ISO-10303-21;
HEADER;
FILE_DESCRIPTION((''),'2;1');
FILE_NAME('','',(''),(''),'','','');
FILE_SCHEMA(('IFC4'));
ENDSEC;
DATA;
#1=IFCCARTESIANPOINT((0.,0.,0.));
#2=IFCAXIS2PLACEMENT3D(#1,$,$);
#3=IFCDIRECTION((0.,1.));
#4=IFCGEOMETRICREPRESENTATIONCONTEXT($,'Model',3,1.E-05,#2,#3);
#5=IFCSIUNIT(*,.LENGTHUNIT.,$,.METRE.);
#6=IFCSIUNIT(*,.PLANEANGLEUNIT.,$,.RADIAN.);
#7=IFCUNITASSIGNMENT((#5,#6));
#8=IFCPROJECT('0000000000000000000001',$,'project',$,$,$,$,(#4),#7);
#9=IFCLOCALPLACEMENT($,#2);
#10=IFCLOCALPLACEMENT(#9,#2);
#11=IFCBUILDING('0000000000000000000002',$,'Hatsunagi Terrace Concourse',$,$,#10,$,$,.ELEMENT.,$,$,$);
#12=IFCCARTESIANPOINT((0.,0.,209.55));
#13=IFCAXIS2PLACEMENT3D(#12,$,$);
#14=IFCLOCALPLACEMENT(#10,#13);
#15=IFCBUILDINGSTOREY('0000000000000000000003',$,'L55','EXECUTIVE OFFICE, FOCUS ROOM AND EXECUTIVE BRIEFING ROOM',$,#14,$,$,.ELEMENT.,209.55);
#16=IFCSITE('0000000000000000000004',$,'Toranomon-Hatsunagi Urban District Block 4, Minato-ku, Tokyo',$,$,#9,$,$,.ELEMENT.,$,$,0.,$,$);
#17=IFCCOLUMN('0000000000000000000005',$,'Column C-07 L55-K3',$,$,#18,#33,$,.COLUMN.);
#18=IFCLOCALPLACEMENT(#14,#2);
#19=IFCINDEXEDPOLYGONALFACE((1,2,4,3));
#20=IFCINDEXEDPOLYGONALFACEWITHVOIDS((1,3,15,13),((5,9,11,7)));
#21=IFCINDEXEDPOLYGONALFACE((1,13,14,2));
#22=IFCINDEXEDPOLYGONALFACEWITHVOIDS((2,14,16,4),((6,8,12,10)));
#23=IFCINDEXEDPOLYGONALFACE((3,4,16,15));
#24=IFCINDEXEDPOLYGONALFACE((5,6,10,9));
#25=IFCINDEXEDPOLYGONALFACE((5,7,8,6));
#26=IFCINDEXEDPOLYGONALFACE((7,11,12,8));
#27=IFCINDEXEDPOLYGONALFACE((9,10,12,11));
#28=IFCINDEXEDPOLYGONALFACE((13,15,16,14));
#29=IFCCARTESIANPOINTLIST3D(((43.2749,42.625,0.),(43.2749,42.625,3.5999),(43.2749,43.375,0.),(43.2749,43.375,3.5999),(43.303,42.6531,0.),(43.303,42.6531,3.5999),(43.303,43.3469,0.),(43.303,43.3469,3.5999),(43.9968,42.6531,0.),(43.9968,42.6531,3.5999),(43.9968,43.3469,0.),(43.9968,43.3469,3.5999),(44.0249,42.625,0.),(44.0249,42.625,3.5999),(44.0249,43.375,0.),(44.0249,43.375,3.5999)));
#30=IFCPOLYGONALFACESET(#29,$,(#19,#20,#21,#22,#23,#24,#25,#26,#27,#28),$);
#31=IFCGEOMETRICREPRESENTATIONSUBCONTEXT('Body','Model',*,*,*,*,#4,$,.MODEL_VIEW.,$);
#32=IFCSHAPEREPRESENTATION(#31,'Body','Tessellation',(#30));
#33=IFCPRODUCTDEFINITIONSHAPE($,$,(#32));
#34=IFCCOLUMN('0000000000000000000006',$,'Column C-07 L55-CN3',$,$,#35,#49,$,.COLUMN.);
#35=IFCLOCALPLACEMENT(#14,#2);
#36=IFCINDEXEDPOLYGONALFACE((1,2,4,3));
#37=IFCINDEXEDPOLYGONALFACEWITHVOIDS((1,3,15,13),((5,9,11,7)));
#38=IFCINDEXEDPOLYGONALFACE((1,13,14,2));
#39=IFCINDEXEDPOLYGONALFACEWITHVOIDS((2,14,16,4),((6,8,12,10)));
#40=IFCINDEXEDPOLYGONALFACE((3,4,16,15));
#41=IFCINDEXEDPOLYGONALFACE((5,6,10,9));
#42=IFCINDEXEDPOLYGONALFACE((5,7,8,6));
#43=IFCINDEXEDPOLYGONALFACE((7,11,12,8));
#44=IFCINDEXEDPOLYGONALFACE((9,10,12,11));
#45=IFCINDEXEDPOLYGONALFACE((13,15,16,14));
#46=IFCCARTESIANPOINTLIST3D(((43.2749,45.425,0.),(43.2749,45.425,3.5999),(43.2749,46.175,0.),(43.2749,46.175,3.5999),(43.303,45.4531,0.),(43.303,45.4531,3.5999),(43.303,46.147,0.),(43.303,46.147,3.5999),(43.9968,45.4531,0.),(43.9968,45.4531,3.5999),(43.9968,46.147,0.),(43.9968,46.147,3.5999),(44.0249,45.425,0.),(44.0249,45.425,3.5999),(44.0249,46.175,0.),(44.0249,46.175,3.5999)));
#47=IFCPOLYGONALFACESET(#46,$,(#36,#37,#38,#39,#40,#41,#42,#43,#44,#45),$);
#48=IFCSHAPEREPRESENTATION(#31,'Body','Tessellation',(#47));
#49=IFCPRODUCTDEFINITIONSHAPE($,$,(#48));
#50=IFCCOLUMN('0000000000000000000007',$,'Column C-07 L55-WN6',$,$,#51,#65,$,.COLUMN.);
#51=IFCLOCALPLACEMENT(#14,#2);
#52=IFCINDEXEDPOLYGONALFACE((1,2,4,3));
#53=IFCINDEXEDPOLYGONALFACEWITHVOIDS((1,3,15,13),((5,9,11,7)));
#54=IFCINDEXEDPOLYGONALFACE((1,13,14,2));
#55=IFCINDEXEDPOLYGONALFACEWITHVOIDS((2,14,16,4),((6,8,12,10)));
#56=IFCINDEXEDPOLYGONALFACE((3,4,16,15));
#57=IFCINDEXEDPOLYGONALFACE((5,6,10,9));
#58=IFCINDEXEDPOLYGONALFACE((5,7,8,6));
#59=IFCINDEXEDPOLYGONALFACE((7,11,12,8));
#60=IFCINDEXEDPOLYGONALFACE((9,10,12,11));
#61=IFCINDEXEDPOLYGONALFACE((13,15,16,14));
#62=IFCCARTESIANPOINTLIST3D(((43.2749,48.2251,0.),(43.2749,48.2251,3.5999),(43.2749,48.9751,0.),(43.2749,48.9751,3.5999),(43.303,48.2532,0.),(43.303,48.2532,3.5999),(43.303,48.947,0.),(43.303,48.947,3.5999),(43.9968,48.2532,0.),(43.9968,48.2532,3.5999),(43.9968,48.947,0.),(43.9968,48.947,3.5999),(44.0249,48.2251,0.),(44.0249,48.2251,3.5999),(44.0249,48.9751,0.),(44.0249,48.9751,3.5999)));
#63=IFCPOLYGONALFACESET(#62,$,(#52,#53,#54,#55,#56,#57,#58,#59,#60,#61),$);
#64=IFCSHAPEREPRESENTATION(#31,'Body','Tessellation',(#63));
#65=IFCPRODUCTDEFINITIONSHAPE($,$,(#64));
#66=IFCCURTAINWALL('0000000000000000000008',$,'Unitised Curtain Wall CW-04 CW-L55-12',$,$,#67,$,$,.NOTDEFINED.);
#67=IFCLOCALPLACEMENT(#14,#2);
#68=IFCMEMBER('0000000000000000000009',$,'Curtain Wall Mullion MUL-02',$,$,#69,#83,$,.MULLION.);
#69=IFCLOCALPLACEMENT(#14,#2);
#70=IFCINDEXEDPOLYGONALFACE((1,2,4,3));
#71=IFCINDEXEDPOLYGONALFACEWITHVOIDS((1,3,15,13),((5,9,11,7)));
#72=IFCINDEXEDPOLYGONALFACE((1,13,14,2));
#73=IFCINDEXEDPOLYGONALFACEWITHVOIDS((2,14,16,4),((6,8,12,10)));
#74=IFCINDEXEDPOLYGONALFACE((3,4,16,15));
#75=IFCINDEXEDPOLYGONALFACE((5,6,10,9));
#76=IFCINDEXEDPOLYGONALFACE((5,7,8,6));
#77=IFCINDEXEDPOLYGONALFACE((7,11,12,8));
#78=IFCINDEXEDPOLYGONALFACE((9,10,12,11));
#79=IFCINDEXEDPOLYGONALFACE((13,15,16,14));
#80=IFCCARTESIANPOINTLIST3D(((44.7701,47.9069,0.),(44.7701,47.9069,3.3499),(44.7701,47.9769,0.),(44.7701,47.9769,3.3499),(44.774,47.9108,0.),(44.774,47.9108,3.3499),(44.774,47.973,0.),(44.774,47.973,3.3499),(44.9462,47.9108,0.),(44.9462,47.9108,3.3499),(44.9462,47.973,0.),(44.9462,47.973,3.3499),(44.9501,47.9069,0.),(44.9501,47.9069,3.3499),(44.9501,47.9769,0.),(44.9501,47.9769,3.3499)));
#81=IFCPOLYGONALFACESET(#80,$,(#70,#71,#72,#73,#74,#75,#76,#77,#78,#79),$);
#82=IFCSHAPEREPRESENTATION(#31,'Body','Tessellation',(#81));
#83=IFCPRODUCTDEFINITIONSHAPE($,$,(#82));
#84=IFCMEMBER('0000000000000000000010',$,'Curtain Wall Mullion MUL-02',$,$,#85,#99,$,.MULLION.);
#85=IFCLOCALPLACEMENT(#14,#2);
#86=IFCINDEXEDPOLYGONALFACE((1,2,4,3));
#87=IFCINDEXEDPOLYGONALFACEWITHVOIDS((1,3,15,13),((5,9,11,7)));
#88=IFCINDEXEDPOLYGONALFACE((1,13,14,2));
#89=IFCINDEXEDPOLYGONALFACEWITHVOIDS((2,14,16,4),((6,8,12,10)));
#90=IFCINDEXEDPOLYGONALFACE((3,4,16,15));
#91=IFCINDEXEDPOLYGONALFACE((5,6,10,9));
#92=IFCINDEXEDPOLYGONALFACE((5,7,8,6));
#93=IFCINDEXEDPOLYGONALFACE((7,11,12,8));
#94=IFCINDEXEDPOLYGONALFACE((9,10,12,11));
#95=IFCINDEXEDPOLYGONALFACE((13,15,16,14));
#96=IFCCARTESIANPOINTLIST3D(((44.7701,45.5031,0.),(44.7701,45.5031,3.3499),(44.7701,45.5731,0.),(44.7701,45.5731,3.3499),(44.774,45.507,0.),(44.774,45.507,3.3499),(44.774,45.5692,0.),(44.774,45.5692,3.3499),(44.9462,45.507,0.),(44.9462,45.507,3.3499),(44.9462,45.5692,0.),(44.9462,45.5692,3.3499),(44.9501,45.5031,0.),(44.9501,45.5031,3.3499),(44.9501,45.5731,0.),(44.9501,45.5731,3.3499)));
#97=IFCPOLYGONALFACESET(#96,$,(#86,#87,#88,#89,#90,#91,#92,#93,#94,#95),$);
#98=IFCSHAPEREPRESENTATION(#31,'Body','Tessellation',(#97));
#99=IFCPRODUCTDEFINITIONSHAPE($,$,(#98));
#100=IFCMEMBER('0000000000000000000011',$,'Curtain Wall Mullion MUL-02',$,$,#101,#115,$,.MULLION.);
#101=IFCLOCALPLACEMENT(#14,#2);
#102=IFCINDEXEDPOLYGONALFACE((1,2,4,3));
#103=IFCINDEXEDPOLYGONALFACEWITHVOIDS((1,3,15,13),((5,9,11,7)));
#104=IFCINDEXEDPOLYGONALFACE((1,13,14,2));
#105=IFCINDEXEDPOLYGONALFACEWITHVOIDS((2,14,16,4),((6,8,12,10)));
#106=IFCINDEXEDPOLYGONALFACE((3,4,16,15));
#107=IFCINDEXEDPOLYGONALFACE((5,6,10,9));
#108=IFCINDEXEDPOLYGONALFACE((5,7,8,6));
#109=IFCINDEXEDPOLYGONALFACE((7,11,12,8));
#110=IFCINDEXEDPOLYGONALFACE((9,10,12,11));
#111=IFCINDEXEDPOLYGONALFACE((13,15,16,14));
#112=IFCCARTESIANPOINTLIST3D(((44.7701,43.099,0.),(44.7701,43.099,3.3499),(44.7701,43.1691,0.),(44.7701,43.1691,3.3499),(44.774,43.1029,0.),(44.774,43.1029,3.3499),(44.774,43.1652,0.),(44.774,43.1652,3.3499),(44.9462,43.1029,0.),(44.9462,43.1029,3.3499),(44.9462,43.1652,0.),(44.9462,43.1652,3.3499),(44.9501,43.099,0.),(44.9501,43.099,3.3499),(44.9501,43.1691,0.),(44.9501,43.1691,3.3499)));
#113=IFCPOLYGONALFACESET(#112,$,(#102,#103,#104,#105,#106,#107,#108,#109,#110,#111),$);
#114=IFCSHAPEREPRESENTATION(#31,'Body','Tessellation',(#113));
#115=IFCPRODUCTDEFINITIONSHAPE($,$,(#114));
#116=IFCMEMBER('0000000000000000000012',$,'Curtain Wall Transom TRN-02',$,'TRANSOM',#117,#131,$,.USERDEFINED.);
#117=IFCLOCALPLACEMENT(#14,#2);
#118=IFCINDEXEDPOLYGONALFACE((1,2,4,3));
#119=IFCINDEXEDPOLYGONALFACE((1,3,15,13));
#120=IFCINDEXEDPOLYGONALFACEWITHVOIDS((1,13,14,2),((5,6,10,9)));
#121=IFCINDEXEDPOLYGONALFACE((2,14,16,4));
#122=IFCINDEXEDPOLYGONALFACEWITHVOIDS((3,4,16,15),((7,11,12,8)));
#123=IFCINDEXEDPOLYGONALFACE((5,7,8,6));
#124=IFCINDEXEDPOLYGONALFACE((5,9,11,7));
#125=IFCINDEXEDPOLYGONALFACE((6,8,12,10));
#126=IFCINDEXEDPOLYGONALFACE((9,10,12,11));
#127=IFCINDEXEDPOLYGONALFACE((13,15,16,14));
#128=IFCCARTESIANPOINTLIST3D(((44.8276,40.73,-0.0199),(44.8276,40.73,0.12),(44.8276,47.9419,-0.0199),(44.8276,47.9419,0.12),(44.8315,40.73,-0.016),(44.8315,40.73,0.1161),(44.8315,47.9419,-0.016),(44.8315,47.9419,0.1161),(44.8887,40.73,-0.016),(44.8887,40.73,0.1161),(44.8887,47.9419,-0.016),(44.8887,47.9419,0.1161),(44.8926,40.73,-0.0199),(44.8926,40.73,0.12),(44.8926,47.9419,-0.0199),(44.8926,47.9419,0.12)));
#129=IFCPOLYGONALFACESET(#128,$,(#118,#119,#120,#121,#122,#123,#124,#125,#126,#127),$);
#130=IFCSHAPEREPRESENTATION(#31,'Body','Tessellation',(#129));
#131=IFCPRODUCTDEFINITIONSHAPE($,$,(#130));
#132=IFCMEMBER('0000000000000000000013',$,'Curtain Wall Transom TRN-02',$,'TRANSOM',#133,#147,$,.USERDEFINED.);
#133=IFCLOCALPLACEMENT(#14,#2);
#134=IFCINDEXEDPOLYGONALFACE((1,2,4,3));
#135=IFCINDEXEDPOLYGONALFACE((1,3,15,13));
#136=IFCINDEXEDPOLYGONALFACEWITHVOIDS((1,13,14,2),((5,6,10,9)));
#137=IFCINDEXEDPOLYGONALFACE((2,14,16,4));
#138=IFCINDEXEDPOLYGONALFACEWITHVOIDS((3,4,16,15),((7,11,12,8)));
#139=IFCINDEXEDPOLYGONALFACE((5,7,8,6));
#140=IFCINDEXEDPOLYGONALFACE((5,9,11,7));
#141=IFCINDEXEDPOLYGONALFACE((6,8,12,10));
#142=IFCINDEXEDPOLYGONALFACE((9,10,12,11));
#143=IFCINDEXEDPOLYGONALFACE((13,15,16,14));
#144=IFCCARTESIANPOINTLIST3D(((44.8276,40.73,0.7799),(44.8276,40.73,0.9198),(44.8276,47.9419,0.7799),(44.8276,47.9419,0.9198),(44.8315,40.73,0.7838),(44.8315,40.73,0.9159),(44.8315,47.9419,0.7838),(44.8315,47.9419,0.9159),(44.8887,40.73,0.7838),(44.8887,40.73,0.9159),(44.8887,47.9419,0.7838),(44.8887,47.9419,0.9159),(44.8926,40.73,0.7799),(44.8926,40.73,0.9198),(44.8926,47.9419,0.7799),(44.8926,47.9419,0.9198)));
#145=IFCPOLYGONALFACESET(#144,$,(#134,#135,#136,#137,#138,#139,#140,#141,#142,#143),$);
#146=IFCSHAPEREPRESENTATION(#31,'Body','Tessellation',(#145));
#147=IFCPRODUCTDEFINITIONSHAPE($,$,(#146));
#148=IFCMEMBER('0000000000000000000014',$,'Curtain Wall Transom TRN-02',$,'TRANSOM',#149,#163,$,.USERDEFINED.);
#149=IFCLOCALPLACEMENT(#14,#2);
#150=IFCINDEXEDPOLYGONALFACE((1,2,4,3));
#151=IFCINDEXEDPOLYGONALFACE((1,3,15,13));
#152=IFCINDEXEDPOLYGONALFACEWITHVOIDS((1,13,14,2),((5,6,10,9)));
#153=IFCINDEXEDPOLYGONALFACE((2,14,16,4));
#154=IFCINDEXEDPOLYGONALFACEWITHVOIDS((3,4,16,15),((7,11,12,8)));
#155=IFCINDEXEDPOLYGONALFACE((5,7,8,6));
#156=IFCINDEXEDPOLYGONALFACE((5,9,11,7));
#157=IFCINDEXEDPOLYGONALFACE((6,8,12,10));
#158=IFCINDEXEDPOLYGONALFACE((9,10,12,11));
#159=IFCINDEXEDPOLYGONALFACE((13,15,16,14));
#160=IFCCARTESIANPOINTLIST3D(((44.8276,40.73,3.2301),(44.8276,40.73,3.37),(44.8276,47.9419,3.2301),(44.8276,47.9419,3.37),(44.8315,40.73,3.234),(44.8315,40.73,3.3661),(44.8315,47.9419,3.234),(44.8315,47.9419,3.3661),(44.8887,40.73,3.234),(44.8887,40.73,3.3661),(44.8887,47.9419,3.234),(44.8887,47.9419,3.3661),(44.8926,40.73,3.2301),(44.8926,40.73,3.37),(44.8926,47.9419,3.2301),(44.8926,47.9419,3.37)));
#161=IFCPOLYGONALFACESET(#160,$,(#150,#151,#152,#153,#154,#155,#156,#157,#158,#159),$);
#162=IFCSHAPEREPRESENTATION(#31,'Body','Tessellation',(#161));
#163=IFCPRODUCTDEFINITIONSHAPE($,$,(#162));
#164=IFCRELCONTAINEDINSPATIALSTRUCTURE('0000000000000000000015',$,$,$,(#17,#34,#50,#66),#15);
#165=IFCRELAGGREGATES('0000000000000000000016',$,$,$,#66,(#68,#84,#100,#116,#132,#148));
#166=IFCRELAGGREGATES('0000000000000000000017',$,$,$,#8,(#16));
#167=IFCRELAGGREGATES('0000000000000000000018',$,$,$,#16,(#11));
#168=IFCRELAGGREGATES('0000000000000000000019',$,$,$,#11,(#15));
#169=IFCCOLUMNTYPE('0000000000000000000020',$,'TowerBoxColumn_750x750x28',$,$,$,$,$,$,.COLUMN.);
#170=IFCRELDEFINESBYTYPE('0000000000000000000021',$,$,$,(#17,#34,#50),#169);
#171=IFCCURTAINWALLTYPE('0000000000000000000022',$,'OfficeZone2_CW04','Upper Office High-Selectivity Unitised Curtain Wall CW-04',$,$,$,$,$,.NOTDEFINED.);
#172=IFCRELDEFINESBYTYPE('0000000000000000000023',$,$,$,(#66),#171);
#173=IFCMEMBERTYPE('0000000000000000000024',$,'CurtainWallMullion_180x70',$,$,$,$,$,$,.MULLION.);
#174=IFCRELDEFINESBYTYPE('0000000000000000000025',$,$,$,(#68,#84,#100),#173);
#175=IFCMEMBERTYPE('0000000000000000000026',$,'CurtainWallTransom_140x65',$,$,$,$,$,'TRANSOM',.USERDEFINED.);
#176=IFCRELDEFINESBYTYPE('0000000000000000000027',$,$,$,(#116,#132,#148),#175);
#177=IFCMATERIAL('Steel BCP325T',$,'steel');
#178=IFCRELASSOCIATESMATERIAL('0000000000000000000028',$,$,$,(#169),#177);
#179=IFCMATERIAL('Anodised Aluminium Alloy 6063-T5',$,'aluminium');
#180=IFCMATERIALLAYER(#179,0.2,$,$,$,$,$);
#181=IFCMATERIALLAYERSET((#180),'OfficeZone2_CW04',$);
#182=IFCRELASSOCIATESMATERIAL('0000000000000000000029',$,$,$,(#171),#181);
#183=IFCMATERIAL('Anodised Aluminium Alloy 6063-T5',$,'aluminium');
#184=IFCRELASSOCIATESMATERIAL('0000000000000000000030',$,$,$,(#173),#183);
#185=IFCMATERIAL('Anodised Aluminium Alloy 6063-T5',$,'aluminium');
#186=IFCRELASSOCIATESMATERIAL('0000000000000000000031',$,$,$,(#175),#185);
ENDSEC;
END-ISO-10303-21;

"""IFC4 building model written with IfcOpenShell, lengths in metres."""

from ifc_helpers import new_model, si_unit, direction, frame, origin, origin_2d, place, context, subcontext, project, spatial, hollow_rectangle, extrude, material, layer, layer_set, material_profile, profile_set, type_object, element, aggregate, save


model = new_model("IFC4")

# Units and contexts
model_context = context("Model", 3, precision=1e-05, world=origin(), true_north=direction((0.0, 1.0)))
body_context = subcontext(model_context, "Body", "Model", "MODEL_VIEW")
ifc_project = project(units=[si_unit("LENGTHUNIT", "METRE"), si_unit("PLANEANGLEUNIT", "RADIAN")], contexts=[model_context])

# Site, building, storey
site_placement = place(None, origin())
site = spatial("IfcSite", under=ifc_project, at=site_placement, Name="Toranomon-Hatsunagi Urban District Block 4, Minato-ku, Tokyo", CompositionType="ELEMENT", RefElevation=0.0)
building_placement = place(site_placement, origin())
building = spatial("IfcBuilding", under=site, at=building_placement, Name="Hatsunagi Terrace Concourse", CompositionType="ELEMENT")
storey_placement = place(building_placement, frame((0.0, 0.0, 209.55)))
storey = spatial("IfcBuildingStorey", under=building, at=storey_placement, Name="L55", Description="EXECUTIVE OFFICE, FOCUS ROOM AND EXECUTIVE BRIEFING ROOM", CompositionType="ELEMENT", Elevation=209.55)

# Columns
ifc_material_1 = material(Name="Steel BCP325T", Category="steel")
ifc_material_profile_1 = material_profile(ifc_material_1, hollow_rectangle(XDim=0.75, YDim=0.75, WallThickness=0.0281, at=origin_2d()), Name="BCP-750x750x28")
ifc_profile_set_1 = profile_set([ifc_material_profile_1], Name="Steel BCP325T")
column_type = type_object("IfcColumnType", Name="TowerBoxColumn_750x750x28", PredefinedType="COLUMN", material=ifc_profile_set_1)
for number, where, z_axis, x_axis, name in (
    (1, (43.6499, 43.0, 0.0), (0.0, 0.0, 1.0), (1.0, 0.0, 0.0), "Column C-07 L55-K3"),
    (2, (43.6499, 45.8, 0.0), (0.0, 0.0, 1.0), (1.0, 0.0, 0.0), "Column C-07 L55-CN3"),
    (3, (43.6499, 48.6001, 0.0), (0.0, 0.0, 1.0), (1.0, 0.0, 0.0), "Column C-07 L55-WN6"),
):
    element("IfcColumn", number, at=place(storey_placement, frame(where, z_axis=z_axis, x_axis=x_axis)), inside=storey, type_object=column_type, Name=name, PredefinedType="COLUMN", context=body_context, shape_type="SweptSolid", body=[
        extrude(hollow_rectangle(XDim=0.75, YDim=0.75, WallThickness=0.0281, at=origin_2d()), origin(), (0.0, 0.0, 1.0), 3.5999),
    ])

# Curtain wall, members
ifc_material_2 = material(Name="Anodised Aluminium Alloy 6063-T5", Category="aluminium")
ifc_layer_1 = layer(ifc_material_2, 0.2)
ifc_layer_set_1 = layer_set([ifc_layer_1], Name="OfficeZone2_CW04")
curtain_wall_type = type_object("IfcCurtainWallType", Name="OfficeZone2_CW04", Description="Upper Office High-Selectivity Unitised Curtain Wall CW-04", PredefinedType="NOTDEFINED", material=ifc_layer_set_1)
curtain_wall_placement = place(storey_placement, origin())
curtain_wall = element("IfcCurtainWall", 4, at=curtain_wall_placement, inside=storey, type_object=curtain_wall_type, Name="Unitised Curtain Wall CW-04 CW-L55-12", PredefinedType="NOTDEFINED")
ifc_material_3 = material(Name="Anodised Aluminium Alloy 6063-T5", Category="aluminium")
ifc_material_profile_2 = material_profile(ifc_material_3, hollow_rectangle(XDim=0.0701, YDim=0.1799, WallThickness=0.0039, at=origin_2d()), Name="ALU-MUL-180x70x4")
ifc_profile_set_2 = profile_set([ifc_material_profile_2], Name="Anodised Aluminium Alloy 6063-T5")
member_type_1 = type_object("IfcMemberType", Name="CurtainWallMullion_180x70", PredefinedType="MULLION", material=ifc_profile_set_2)
member_1_placement = place(storey_placement, frame((44.8601, 47.9419, 0.0), z_axis=(0.0, 0.0, 1.0), x_axis=(0.0, -1.0, 0.0)))
member_1 = element("IfcMember", 5, at=member_1_placement, type_object=member_type_1, Name="Curtain Wall Mullion MUL-02", PredefinedType="MULLION", context=body_context, shape_type="SweptSolid", body=[
    extrude(hollow_rectangle(XDim=0.0701, YDim=0.1799, WallThickness=0.0039, at=origin_2d()), origin(), (0.0, 0.0, 1.0), 3.3499),
])
member_2_placement = place(storey_placement, frame((44.8601, 45.5381, 0.0), z_axis=(0.0, 0.0, 1.0), x_axis=(0.0, -1.0, 0.0)))
member_2 = element("IfcMember", 6, at=member_2_placement, type_object=member_type_1, Name="Curtain Wall Mullion MUL-02", PredefinedType="MULLION", context=body_context, shape_type="SweptSolid", body=[
    extrude(hollow_rectangle(XDim=0.0701, YDim=0.1799, WallThickness=0.0039, at=origin_2d()), origin(), (0.0, 0.0, 1.0), 3.3499),
])
member_3_placement = place(storey_placement, frame((44.8601, 43.134, 0.0), z_axis=(0.0, 0.0, 1.0), x_axis=(0.0, -1.0, 0.0)))
member_3 = element("IfcMember", 7, at=member_3_placement, type_object=member_type_1, Name="Curtain Wall Mullion MUL-02", PredefinedType="MULLION", context=body_context, shape_type="SweptSolid", body=[
    extrude(hollow_rectangle(XDim=0.0701, YDim=0.1799, WallThickness=0.0039, at=origin_2d()), origin(), (0.0, 0.0, 1.0), 3.3499),
])
ifc_material_4 = material(Name="Anodised Aluminium Alloy 6063-T5", Category="aluminium")
ifc_material_profile_3 = material_profile(ifc_material_4, hollow_rectangle(XDim=0.0649, YDim=0.1399, WallThickness=0.0039, at=origin_2d()), Name="ALU-TRN-140x65x4")
ifc_profile_set_3 = profile_set([ifc_material_profile_3], Name="Anodised Aluminium Alloy 6063-T5")
member_type_2 = type_object("IfcMemberType", Name="CurtainWallTransom_140x65", ElementType="TRANSOM", PredefinedType="USERDEFINED", material=ifc_profile_set_3)
member_4_placement = place(storey_placement, frame((44.8601, 47.9419, 0.05), z_axis=(0.0, -1.0, 0.0), x_axis=(1.0, 0.0, 0.0)))
member_4 = element("IfcMember", 8, at=member_4_placement, type_object=member_type_2, Name="Curtain Wall Transom TRN-02", ObjectType="TRANSOM", PredefinedType="USERDEFINED", context=body_context, shape_type="SweptSolid", body=[
    extrude(hollow_rectangle(XDim=0.0649, YDim=0.1399, WallThickness=0.0039, at=origin_2d()), origin(), (0.0, 0.0, 1.0), 7.2119),
])
member_5_placement = place(storey_placement, frame((44.8601, 47.9419, 0.8499), z_axis=(0.0, -1.0, 0.0), x_axis=(1.0, 0.0, 0.0)))
member_5 = element("IfcMember", 9, at=member_5_placement, type_object=member_type_2, Name="Curtain Wall Transom TRN-02", ObjectType="TRANSOM", PredefinedType="USERDEFINED", context=body_context, shape_type="SweptSolid", body=[
    extrude(hollow_rectangle(XDim=0.0649, YDim=0.1399, WallThickness=0.0039, at=origin_2d()), origin(), (0.0, 0.0, 1.0), 7.2119),
])
member_6_placement = place(storey_placement, frame((44.8601, 47.9419, 3.3), z_axis=(0.0, -1.0, 0.0), x_axis=(1.0, 0.0, 0.0)))
member_6 = element("IfcMember", 10, at=member_6_placement, type_object=member_type_2, Name="Curtain Wall Transom TRN-02", ObjectType="TRANSOM", PredefinedType="USERDEFINED", context=body_context, shape_type="SweptSolid", body=[
    extrude(hollow_rectangle(XDim=0.0649, YDim=0.1399, WallThickness=0.0039, at=origin_2d()), origin(), (0.0, 0.0, 1.0), 7.2119),
])

aggregate(curtain_wall, [member_1, member_2, member_3, member_4, member_5, member_6])

save(model, "model.ifc")
